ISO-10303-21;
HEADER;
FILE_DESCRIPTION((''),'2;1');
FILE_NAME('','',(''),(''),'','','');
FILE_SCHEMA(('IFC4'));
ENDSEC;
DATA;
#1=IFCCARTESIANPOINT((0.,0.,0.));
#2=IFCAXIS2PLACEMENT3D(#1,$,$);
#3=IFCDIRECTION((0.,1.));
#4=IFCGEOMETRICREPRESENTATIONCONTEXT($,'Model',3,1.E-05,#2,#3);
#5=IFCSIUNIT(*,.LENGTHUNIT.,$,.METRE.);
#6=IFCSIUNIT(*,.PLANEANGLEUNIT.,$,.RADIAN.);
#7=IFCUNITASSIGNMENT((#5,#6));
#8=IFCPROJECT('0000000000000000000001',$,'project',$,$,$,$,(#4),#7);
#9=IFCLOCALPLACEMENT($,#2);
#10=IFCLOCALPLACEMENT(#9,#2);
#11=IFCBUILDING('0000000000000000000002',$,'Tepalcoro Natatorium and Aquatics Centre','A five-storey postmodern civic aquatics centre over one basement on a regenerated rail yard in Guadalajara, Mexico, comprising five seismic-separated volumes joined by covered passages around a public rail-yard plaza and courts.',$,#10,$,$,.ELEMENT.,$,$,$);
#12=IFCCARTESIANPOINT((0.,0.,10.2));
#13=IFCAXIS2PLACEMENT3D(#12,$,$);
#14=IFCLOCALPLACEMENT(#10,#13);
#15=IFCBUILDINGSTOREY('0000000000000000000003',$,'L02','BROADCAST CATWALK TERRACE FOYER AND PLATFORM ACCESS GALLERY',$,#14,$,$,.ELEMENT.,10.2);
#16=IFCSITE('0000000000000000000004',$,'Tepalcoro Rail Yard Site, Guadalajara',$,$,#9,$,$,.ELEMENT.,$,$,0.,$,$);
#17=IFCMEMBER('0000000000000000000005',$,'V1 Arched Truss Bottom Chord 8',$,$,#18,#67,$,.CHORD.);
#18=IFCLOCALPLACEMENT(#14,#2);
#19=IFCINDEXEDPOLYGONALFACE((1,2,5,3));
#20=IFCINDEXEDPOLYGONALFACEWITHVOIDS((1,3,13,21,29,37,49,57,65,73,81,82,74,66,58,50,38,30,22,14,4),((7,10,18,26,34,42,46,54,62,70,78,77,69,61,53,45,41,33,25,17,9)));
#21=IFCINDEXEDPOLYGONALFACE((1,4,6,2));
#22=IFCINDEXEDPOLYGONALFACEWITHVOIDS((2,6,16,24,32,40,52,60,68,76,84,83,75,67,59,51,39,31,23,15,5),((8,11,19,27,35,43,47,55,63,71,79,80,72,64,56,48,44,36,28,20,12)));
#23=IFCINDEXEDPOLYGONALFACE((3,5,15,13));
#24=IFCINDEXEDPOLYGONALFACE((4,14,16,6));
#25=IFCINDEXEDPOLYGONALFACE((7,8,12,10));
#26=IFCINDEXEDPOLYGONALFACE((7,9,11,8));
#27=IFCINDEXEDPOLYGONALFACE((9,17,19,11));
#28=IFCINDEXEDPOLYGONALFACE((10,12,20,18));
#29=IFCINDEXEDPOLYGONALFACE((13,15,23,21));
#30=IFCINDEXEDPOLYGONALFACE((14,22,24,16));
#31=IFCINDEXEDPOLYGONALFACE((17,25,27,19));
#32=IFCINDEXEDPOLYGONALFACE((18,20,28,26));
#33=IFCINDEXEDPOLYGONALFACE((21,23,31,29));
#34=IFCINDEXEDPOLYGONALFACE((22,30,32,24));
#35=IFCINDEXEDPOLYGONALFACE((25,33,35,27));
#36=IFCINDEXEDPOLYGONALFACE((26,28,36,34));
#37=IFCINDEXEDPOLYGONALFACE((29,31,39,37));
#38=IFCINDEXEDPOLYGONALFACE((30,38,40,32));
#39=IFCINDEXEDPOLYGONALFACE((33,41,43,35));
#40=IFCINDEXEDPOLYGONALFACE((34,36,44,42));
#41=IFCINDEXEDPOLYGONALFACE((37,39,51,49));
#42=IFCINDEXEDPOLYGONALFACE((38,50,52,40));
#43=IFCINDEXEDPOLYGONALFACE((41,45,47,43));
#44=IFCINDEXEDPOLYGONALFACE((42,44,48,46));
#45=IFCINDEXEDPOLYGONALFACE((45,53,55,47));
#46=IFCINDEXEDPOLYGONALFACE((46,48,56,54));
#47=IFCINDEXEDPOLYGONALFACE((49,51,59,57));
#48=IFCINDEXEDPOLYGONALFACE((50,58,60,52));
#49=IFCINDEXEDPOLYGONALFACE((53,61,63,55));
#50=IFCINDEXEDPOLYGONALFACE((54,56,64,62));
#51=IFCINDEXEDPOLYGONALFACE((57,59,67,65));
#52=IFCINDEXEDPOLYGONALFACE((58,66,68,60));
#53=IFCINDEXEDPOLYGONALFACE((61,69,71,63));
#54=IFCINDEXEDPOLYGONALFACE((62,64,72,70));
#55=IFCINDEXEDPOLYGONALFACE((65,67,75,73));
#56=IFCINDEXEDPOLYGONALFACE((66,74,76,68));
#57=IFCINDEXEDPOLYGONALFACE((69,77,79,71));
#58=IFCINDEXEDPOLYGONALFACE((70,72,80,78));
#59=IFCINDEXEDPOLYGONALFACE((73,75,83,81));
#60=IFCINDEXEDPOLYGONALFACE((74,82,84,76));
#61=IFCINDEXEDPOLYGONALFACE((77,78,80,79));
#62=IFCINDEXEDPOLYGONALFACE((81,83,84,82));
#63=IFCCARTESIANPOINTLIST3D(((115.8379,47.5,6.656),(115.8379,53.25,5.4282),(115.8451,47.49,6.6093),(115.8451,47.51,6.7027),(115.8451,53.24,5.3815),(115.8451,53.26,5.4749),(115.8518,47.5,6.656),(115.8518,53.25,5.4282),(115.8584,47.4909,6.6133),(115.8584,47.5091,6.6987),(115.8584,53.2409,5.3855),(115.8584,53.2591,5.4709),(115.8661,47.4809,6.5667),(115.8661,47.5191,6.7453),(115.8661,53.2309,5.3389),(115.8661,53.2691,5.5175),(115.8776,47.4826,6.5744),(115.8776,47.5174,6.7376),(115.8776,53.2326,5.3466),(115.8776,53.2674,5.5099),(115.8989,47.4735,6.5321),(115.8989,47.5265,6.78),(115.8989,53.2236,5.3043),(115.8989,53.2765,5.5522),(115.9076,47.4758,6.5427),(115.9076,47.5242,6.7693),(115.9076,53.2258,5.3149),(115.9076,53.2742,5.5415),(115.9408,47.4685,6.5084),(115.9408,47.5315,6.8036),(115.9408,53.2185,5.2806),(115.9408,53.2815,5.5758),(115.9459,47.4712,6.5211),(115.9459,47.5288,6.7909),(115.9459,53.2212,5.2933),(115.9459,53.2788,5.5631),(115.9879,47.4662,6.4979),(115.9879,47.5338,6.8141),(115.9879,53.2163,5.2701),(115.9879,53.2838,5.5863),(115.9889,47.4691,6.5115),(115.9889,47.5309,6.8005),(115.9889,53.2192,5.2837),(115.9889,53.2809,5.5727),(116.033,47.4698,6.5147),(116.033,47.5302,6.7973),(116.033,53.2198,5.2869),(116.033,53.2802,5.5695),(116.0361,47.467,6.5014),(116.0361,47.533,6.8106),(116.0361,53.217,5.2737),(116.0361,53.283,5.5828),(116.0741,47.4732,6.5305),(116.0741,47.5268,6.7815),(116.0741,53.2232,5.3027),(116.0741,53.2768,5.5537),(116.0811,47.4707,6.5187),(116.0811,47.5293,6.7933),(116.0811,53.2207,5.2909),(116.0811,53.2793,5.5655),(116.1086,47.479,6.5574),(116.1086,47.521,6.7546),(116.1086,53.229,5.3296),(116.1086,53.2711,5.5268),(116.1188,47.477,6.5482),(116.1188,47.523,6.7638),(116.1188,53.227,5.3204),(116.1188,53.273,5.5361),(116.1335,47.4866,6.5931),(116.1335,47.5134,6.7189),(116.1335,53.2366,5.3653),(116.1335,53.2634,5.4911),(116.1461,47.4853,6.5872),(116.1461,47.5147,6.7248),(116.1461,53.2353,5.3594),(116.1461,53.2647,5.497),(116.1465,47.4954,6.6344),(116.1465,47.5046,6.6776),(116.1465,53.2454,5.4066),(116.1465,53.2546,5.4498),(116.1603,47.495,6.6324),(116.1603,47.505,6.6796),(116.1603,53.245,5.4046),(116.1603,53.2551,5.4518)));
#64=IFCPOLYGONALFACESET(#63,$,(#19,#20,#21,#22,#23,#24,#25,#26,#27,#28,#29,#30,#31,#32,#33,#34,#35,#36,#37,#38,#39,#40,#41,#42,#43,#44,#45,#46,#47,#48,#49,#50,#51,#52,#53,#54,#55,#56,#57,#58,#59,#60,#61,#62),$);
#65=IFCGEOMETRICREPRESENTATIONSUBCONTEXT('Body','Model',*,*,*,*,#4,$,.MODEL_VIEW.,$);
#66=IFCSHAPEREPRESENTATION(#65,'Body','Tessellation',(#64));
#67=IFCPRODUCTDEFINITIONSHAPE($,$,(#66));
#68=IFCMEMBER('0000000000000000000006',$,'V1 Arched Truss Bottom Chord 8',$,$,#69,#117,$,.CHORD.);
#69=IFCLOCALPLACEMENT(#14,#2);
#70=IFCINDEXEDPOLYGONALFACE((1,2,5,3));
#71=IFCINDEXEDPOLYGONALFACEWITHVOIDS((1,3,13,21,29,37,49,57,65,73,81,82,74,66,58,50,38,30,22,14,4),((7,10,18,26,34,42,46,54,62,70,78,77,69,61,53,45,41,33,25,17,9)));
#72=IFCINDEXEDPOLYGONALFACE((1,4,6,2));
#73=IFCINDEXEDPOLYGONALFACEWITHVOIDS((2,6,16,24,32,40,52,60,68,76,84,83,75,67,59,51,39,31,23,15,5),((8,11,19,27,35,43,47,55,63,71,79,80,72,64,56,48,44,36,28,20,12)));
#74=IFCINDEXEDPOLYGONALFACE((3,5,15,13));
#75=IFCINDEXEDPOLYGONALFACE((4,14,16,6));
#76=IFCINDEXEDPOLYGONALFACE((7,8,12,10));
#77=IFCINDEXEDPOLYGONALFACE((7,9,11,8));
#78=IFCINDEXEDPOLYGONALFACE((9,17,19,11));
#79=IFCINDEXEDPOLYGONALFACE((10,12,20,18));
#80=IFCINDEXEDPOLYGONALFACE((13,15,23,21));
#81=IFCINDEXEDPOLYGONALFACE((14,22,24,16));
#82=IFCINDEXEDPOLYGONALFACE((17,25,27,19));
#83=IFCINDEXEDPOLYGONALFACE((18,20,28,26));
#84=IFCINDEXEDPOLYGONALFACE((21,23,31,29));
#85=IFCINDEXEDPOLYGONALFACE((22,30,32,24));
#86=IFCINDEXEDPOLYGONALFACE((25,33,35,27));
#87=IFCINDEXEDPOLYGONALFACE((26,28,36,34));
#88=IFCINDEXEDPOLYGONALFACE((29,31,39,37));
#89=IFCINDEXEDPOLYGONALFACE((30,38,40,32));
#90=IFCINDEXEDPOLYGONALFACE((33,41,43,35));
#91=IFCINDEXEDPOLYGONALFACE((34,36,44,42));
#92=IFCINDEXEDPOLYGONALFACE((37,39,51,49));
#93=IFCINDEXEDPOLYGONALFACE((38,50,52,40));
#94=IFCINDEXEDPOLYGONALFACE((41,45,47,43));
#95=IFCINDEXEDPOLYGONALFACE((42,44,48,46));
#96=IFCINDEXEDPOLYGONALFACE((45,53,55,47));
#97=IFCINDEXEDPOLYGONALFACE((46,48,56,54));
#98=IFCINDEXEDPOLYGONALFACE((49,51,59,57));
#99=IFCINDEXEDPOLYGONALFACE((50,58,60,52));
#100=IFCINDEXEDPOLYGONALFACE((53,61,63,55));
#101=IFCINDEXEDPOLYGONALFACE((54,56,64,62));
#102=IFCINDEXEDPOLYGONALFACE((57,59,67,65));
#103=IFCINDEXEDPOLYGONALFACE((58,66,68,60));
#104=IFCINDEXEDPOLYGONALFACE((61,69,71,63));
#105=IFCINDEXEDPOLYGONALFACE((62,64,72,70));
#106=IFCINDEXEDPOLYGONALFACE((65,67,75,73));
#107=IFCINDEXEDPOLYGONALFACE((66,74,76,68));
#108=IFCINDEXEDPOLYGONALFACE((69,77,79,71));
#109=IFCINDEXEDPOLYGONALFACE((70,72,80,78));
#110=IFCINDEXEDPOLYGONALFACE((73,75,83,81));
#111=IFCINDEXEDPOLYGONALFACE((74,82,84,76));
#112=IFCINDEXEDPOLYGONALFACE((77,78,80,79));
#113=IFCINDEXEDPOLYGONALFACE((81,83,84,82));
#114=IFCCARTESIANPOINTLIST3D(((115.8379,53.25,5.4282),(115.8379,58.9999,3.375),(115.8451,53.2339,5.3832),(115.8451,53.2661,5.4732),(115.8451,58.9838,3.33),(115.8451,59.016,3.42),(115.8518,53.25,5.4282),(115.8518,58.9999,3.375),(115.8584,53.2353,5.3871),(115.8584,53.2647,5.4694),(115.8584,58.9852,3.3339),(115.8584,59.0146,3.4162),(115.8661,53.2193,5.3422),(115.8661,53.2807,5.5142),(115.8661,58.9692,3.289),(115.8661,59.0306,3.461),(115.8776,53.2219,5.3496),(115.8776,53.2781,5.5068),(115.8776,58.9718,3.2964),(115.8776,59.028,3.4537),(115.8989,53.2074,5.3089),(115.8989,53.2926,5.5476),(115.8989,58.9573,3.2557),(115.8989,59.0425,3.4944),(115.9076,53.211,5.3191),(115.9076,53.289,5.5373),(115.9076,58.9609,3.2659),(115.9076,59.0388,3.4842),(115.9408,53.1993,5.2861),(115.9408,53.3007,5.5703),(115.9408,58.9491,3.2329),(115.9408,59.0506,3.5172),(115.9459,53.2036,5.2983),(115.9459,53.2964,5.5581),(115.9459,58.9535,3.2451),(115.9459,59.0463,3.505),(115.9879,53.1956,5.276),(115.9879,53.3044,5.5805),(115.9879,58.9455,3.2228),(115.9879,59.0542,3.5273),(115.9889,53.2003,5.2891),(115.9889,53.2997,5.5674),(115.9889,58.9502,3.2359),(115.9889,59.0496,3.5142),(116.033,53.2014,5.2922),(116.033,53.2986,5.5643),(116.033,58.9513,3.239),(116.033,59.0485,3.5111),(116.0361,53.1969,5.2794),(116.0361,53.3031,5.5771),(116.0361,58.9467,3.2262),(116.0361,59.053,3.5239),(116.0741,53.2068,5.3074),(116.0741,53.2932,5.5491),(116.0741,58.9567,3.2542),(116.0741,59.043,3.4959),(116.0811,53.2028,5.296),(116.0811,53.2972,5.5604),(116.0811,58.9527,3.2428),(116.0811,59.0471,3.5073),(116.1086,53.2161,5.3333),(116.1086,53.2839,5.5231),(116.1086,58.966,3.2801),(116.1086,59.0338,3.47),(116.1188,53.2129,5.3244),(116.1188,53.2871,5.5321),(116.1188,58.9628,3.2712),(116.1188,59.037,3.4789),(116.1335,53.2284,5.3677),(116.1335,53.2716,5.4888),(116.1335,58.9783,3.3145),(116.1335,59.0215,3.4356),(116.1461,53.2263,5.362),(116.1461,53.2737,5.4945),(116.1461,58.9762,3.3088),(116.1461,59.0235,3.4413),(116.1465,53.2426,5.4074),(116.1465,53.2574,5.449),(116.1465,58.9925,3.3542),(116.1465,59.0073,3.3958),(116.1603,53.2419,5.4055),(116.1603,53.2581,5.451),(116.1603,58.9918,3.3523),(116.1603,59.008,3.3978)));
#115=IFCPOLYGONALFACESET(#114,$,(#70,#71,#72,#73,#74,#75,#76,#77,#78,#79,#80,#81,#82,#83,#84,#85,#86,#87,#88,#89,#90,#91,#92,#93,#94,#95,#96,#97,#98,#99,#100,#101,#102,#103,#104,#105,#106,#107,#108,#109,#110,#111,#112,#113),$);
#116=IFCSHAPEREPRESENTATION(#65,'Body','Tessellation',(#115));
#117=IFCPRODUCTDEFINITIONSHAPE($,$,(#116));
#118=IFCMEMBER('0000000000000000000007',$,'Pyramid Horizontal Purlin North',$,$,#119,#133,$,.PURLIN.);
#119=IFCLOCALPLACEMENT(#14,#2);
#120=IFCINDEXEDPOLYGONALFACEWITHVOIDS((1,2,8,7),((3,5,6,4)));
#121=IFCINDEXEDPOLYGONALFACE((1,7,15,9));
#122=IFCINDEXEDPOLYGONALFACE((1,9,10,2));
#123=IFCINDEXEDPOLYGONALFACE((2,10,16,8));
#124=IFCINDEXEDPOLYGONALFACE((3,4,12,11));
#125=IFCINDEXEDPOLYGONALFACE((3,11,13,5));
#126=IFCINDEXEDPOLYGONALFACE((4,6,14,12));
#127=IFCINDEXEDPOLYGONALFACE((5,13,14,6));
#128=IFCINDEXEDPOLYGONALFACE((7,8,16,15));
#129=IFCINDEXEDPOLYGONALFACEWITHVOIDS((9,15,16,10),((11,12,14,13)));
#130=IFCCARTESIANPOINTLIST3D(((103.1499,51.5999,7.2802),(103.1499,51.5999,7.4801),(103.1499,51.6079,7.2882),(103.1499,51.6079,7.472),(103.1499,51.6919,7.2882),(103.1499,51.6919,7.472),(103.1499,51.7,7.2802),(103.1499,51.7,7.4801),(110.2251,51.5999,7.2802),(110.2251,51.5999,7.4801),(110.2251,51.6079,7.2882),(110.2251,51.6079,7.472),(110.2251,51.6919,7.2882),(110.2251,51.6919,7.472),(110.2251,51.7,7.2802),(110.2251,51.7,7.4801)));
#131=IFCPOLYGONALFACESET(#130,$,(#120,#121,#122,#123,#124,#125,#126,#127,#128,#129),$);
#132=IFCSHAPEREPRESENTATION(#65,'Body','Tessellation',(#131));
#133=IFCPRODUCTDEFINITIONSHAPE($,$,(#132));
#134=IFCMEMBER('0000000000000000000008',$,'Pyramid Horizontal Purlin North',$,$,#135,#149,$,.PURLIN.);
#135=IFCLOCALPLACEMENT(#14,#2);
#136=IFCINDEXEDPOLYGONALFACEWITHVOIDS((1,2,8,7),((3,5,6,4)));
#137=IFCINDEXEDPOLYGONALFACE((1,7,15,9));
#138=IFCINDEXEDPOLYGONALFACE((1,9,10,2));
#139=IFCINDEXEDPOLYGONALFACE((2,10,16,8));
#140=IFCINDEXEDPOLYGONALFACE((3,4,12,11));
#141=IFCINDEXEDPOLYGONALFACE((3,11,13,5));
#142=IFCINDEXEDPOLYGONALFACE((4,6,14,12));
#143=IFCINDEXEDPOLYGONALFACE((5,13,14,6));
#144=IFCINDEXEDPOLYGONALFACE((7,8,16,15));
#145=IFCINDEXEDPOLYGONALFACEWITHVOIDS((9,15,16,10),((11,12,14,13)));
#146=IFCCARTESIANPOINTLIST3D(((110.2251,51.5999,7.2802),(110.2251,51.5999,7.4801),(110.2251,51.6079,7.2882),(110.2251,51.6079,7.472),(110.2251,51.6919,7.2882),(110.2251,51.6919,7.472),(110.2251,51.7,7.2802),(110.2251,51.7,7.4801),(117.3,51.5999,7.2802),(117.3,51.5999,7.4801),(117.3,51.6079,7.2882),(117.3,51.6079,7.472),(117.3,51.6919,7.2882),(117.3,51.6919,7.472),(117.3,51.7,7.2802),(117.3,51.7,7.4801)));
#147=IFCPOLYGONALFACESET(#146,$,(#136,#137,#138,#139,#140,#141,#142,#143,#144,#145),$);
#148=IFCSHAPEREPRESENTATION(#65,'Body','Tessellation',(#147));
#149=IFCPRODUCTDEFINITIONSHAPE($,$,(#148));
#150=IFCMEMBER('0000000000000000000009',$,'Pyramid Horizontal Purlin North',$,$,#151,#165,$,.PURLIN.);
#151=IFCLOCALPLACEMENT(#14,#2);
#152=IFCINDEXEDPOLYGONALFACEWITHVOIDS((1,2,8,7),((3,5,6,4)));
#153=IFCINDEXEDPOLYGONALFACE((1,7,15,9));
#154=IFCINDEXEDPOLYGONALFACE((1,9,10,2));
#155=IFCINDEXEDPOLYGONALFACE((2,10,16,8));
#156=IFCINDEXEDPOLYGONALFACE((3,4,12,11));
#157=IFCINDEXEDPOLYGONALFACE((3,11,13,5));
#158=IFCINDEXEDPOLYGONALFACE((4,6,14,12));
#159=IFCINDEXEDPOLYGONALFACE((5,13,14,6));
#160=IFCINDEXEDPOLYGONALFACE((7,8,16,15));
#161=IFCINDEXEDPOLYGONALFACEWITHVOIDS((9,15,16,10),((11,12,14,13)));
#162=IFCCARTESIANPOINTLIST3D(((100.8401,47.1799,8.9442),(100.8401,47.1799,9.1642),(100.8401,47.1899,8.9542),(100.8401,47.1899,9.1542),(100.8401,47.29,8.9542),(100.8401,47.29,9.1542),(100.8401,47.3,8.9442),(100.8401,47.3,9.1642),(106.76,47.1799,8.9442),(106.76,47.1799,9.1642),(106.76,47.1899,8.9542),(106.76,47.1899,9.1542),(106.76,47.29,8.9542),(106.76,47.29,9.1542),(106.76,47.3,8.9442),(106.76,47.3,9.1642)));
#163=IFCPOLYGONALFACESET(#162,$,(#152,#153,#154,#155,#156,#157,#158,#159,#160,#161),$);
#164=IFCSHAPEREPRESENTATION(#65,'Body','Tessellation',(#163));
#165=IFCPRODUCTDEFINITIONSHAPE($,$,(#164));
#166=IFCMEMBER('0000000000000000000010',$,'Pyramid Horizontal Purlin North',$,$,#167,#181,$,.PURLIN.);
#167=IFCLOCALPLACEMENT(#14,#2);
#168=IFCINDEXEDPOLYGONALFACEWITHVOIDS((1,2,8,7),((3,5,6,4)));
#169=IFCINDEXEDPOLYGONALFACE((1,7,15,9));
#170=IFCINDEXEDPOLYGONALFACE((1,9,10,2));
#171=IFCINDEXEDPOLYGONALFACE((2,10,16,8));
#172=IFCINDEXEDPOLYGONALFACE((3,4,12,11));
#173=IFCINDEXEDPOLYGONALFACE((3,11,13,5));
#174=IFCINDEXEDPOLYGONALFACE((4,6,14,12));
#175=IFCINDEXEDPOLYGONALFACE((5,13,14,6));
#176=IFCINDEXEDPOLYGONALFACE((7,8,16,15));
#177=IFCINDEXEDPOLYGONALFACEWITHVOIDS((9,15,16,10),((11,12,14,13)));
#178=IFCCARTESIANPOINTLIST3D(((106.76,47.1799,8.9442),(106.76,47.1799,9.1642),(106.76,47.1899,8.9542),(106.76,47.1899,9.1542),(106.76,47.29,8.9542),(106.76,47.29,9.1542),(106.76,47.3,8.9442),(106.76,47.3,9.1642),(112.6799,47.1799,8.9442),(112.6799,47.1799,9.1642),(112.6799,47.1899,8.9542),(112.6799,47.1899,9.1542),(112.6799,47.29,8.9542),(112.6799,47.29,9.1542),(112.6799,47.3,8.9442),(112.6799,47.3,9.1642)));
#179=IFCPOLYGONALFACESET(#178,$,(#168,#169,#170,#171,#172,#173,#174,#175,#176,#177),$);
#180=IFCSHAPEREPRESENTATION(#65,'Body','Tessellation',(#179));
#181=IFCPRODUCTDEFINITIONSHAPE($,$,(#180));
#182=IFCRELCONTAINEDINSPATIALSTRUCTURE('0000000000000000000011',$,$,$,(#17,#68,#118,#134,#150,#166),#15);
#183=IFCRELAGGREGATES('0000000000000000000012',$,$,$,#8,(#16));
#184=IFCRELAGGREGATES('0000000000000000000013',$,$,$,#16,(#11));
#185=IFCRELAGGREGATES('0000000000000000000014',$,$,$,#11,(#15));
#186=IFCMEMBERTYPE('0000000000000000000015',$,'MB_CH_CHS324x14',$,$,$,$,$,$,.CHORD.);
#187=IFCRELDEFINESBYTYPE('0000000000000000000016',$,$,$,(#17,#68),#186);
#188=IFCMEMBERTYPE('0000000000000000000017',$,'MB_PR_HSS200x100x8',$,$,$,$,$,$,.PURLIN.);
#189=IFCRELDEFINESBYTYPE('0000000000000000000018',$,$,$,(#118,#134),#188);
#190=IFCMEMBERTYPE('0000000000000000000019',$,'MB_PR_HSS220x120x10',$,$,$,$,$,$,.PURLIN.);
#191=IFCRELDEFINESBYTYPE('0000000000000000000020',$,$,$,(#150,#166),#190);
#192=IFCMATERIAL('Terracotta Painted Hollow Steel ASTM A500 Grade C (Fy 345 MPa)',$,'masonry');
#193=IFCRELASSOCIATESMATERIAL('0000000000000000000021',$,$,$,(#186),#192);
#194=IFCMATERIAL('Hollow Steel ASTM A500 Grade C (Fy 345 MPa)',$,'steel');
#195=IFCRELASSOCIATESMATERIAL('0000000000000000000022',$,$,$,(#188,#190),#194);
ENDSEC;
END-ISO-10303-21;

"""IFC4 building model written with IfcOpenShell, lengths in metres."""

from ifc_helpers import new_model, si_unit, direction, frame, origin, origin_2d, place, context, subcontext, project, spatial, hollow_rectangle, hollow_circle, extrude, material, material_profile, profile_set, type_object, element, save


model = new_model("IFC4")

# Units and contexts
model_context = context("Model", 3, precision=1e-05, world=origin(), true_north=direction((0.0, 1.0)))
body_context = subcontext(model_context, "Body", "Model", "MODEL_VIEW")
ifc_project = project(units=[si_unit("LENGTHUNIT", "METRE"), si_unit("PLANEANGLEUNIT", "RADIAN")], contexts=[model_context])

# Site, building, storey
site_placement = place(None, origin())
site = spatial("IfcSite", under=ifc_project, at=site_placement, Name="Tepalcoro Rail Yard Site, Guadalajara", CompositionType="ELEMENT", RefElevation=0.0)
building_placement = place(site_placement, origin())
building = spatial("IfcBuilding", under=site, at=building_placement, Name="Tepalcoro Natatorium and Aquatics Centre", Description="A five-storey postmodern civic aquatics centre over one basement on a regenerated rail yard in Guadalajara, Mexico, comprising five seismic-separated volumes joined by covered passages around a public rail-yard plaza and courts.", CompositionType="ELEMENT")
storey_placement = place(building_placement, frame((0.0, 0.0, 10.2)))
storey = spatial("IfcBuildingStorey", under=building, at=storey_placement, Name="L02", Description="BROADCAST CATWALK TERRACE FOYER AND PLATFORM ACCESS GALLERY", CompositionType="ELEMENT", Elevation=10.2)

# Shared definitions
ifc_material_1 = material(Name="Terracotta Painted Hollow Steel ASTM A500 Grade C (Fy 345 MPa)", Category="masonry")

# Members
ifc_material_profile_1 = material_profile(ifc_material_1, hollow_circle(Radius=0.1621, WallThickness=0.0139, at=origin_2d()), Name="CHS324X14")
ifc_profile_set_1 = profile_set([ifc_material_profile_1], Name="Terracotta Painted Hollow Steel ASTM A500 Grade C (Fy 345 MPa)")
member_type_1 = type_object("IfcMemberType", Name="MB_CH_CHS324x14", PredefinedType="CHORD", material=ifc_profile_set_1)
member_1_placement = place(storey_placement, frame((116.0, 47.5, 6.656), z_axis=(0.0, 0.977954, -0.20882), x_axis=(-1.0, 0.0, 0.0)))
element("IfcMember", 1, at=member_1_placement, inside=storey, type_object=member_type_1, Name="V1 Arched Truss Bottom Chord 8", PredefinedType="CHORD", context=body_context, shape_type="SweptSolid", body=[
    extrude(hollow_circle(Radius=0.1621, WallThickness=0.0139, at=origin_2d()), origin(), (0.0, 0.0, 1.0), 5.8796),
])
member_2_placement = place(storey_placement, frame((116.0, 53.25, 5.4282), z_axis=(0.0, 0.94176, -0.336286), x_axis=(-1.0, 0.0, 0.0)))
element("IfcMember", 2, at=member_2_placement, inside=storey, type_object=member_type_1, Name="V1 Arched Truss Bottom Chord 8", PredefinedType="CHORD", context=body_context, shape_type="SweptSolid", body=[
    extrude(hollow_circle(Radius=0.1621, WallThickness=0.0139, at=origin_2d()), origin(), (0.0, 0.0, 1.0), 6.1055),
])
ifc_material_2 = material(Name="Hollow Steel ASTM A500 Grade C (Fy 345 MPa)", Category="steel")
ifc_material_profile_2 = material_profile(ifc_material_2, hollow_rectangle(XDim=0.1001, YDim=0.2, WallThickness=0.0081, at=origin_2d()), Name="HSS200X100X8")
ifc_profile_set_2 = profile_set([ifc_material_profile_2], Name="Hollow Steel ASTM A500 Grade C (Fy 345 MPa)")
member_type_2 = type_object("IfcMemberType", Name="MB_PR_HSS200x100x8", PredefinedType="PURLIN", material=ifc_profile_set_2)
member_3_placement = place(storey_placement, frame((103.1499, 51.6499, 7.3801), z_axis=(1.0, 0.0, 0.0), x_axis=(0.0, 1.0, 0.0)))
element("IfcMember", 3, at=member_3_placement, inside=storey, type_object=member_type_2, Name="Pyramid Horizontal Purlin North", PredefinedType="PURLIN", context=body_context, shape_type="SweptSolid", body=[
    extrude(hollow_rectangle(XDim=0.1001, YDim=0.2, WallThickness=0.0081, at=origin_2d()), origin(), (0.0, 0.0, 1.0), 7.0752),
])
member_4_placement = place(storey_placement, frame((110.2251, 51.6499, 7.3801), z_axis=(1.0, 0.0, 0.0), x_axis=(0.0, 1.0, 0.0)))
element("IfcMember", 4, at=member_4_placement, inside=storey, type_object=member_type_2, Name="Pyramid Horizontal Purlin North", PredefinedType="PURLIN", context=body_context, shape_type="SweptSolid", body=[
    extrude(hollow_rectangle(XDim=0.1001, YDim=0.2, WallThickness=0.0081, at=origin_2d()), origin(), (0.0, 0.0, 1.0), 7.075),
])
ifc_material_profile_3 = material_profile(ifc_material_2, hollow_rectangle(XDim=0.1201, YDim=0.22, WallThickness=0.01, at=origin_2d()), Name="HSS220X120X10")
ifc_profile_set_3 = profile_set([ifc_material_profile_3], Name="Hollow Steel ASTM A500 Grade C (Fy 345 MPa)")
member_type_3 = type_object("IfcMemberType", Name="MB_PR_HSS220x120x10", PredefinedType="PURLIN", material=ifc_profile_set_3)
for number, where, z_axis, x_axis, name in (
    (5, (100.8401, 47.24, 9.0542), (1.0, 0.0, 0.0), (0.0, 1.0, 0.0), "Pyramid Horizontal Purlin North"),
    (6, (106.76, 47.24, 9.0542), (1.0, 0.0, 0.0), (0.0, 1.0, 0.0), "Pyramid Horizontal Purlin North"),
):
    element("IfcMember", number, at=place(storey_placement, frame(where, z_axis=z_axis, x_axis=x_axis)), inside=storey, type_object=member_type_3, Name=name, PredefinedType="PURLIN", context=body_context, shape_type="SweptSolid", body=[
        extrude(hollow_rectangle(XDim=0.1201, YDim=0.22, WallThickness=0.01, at=origin_2d()), origin(), (0.0, 0.0, 1.0), 5.9199),
    ])

save(model, "model.ifc")
